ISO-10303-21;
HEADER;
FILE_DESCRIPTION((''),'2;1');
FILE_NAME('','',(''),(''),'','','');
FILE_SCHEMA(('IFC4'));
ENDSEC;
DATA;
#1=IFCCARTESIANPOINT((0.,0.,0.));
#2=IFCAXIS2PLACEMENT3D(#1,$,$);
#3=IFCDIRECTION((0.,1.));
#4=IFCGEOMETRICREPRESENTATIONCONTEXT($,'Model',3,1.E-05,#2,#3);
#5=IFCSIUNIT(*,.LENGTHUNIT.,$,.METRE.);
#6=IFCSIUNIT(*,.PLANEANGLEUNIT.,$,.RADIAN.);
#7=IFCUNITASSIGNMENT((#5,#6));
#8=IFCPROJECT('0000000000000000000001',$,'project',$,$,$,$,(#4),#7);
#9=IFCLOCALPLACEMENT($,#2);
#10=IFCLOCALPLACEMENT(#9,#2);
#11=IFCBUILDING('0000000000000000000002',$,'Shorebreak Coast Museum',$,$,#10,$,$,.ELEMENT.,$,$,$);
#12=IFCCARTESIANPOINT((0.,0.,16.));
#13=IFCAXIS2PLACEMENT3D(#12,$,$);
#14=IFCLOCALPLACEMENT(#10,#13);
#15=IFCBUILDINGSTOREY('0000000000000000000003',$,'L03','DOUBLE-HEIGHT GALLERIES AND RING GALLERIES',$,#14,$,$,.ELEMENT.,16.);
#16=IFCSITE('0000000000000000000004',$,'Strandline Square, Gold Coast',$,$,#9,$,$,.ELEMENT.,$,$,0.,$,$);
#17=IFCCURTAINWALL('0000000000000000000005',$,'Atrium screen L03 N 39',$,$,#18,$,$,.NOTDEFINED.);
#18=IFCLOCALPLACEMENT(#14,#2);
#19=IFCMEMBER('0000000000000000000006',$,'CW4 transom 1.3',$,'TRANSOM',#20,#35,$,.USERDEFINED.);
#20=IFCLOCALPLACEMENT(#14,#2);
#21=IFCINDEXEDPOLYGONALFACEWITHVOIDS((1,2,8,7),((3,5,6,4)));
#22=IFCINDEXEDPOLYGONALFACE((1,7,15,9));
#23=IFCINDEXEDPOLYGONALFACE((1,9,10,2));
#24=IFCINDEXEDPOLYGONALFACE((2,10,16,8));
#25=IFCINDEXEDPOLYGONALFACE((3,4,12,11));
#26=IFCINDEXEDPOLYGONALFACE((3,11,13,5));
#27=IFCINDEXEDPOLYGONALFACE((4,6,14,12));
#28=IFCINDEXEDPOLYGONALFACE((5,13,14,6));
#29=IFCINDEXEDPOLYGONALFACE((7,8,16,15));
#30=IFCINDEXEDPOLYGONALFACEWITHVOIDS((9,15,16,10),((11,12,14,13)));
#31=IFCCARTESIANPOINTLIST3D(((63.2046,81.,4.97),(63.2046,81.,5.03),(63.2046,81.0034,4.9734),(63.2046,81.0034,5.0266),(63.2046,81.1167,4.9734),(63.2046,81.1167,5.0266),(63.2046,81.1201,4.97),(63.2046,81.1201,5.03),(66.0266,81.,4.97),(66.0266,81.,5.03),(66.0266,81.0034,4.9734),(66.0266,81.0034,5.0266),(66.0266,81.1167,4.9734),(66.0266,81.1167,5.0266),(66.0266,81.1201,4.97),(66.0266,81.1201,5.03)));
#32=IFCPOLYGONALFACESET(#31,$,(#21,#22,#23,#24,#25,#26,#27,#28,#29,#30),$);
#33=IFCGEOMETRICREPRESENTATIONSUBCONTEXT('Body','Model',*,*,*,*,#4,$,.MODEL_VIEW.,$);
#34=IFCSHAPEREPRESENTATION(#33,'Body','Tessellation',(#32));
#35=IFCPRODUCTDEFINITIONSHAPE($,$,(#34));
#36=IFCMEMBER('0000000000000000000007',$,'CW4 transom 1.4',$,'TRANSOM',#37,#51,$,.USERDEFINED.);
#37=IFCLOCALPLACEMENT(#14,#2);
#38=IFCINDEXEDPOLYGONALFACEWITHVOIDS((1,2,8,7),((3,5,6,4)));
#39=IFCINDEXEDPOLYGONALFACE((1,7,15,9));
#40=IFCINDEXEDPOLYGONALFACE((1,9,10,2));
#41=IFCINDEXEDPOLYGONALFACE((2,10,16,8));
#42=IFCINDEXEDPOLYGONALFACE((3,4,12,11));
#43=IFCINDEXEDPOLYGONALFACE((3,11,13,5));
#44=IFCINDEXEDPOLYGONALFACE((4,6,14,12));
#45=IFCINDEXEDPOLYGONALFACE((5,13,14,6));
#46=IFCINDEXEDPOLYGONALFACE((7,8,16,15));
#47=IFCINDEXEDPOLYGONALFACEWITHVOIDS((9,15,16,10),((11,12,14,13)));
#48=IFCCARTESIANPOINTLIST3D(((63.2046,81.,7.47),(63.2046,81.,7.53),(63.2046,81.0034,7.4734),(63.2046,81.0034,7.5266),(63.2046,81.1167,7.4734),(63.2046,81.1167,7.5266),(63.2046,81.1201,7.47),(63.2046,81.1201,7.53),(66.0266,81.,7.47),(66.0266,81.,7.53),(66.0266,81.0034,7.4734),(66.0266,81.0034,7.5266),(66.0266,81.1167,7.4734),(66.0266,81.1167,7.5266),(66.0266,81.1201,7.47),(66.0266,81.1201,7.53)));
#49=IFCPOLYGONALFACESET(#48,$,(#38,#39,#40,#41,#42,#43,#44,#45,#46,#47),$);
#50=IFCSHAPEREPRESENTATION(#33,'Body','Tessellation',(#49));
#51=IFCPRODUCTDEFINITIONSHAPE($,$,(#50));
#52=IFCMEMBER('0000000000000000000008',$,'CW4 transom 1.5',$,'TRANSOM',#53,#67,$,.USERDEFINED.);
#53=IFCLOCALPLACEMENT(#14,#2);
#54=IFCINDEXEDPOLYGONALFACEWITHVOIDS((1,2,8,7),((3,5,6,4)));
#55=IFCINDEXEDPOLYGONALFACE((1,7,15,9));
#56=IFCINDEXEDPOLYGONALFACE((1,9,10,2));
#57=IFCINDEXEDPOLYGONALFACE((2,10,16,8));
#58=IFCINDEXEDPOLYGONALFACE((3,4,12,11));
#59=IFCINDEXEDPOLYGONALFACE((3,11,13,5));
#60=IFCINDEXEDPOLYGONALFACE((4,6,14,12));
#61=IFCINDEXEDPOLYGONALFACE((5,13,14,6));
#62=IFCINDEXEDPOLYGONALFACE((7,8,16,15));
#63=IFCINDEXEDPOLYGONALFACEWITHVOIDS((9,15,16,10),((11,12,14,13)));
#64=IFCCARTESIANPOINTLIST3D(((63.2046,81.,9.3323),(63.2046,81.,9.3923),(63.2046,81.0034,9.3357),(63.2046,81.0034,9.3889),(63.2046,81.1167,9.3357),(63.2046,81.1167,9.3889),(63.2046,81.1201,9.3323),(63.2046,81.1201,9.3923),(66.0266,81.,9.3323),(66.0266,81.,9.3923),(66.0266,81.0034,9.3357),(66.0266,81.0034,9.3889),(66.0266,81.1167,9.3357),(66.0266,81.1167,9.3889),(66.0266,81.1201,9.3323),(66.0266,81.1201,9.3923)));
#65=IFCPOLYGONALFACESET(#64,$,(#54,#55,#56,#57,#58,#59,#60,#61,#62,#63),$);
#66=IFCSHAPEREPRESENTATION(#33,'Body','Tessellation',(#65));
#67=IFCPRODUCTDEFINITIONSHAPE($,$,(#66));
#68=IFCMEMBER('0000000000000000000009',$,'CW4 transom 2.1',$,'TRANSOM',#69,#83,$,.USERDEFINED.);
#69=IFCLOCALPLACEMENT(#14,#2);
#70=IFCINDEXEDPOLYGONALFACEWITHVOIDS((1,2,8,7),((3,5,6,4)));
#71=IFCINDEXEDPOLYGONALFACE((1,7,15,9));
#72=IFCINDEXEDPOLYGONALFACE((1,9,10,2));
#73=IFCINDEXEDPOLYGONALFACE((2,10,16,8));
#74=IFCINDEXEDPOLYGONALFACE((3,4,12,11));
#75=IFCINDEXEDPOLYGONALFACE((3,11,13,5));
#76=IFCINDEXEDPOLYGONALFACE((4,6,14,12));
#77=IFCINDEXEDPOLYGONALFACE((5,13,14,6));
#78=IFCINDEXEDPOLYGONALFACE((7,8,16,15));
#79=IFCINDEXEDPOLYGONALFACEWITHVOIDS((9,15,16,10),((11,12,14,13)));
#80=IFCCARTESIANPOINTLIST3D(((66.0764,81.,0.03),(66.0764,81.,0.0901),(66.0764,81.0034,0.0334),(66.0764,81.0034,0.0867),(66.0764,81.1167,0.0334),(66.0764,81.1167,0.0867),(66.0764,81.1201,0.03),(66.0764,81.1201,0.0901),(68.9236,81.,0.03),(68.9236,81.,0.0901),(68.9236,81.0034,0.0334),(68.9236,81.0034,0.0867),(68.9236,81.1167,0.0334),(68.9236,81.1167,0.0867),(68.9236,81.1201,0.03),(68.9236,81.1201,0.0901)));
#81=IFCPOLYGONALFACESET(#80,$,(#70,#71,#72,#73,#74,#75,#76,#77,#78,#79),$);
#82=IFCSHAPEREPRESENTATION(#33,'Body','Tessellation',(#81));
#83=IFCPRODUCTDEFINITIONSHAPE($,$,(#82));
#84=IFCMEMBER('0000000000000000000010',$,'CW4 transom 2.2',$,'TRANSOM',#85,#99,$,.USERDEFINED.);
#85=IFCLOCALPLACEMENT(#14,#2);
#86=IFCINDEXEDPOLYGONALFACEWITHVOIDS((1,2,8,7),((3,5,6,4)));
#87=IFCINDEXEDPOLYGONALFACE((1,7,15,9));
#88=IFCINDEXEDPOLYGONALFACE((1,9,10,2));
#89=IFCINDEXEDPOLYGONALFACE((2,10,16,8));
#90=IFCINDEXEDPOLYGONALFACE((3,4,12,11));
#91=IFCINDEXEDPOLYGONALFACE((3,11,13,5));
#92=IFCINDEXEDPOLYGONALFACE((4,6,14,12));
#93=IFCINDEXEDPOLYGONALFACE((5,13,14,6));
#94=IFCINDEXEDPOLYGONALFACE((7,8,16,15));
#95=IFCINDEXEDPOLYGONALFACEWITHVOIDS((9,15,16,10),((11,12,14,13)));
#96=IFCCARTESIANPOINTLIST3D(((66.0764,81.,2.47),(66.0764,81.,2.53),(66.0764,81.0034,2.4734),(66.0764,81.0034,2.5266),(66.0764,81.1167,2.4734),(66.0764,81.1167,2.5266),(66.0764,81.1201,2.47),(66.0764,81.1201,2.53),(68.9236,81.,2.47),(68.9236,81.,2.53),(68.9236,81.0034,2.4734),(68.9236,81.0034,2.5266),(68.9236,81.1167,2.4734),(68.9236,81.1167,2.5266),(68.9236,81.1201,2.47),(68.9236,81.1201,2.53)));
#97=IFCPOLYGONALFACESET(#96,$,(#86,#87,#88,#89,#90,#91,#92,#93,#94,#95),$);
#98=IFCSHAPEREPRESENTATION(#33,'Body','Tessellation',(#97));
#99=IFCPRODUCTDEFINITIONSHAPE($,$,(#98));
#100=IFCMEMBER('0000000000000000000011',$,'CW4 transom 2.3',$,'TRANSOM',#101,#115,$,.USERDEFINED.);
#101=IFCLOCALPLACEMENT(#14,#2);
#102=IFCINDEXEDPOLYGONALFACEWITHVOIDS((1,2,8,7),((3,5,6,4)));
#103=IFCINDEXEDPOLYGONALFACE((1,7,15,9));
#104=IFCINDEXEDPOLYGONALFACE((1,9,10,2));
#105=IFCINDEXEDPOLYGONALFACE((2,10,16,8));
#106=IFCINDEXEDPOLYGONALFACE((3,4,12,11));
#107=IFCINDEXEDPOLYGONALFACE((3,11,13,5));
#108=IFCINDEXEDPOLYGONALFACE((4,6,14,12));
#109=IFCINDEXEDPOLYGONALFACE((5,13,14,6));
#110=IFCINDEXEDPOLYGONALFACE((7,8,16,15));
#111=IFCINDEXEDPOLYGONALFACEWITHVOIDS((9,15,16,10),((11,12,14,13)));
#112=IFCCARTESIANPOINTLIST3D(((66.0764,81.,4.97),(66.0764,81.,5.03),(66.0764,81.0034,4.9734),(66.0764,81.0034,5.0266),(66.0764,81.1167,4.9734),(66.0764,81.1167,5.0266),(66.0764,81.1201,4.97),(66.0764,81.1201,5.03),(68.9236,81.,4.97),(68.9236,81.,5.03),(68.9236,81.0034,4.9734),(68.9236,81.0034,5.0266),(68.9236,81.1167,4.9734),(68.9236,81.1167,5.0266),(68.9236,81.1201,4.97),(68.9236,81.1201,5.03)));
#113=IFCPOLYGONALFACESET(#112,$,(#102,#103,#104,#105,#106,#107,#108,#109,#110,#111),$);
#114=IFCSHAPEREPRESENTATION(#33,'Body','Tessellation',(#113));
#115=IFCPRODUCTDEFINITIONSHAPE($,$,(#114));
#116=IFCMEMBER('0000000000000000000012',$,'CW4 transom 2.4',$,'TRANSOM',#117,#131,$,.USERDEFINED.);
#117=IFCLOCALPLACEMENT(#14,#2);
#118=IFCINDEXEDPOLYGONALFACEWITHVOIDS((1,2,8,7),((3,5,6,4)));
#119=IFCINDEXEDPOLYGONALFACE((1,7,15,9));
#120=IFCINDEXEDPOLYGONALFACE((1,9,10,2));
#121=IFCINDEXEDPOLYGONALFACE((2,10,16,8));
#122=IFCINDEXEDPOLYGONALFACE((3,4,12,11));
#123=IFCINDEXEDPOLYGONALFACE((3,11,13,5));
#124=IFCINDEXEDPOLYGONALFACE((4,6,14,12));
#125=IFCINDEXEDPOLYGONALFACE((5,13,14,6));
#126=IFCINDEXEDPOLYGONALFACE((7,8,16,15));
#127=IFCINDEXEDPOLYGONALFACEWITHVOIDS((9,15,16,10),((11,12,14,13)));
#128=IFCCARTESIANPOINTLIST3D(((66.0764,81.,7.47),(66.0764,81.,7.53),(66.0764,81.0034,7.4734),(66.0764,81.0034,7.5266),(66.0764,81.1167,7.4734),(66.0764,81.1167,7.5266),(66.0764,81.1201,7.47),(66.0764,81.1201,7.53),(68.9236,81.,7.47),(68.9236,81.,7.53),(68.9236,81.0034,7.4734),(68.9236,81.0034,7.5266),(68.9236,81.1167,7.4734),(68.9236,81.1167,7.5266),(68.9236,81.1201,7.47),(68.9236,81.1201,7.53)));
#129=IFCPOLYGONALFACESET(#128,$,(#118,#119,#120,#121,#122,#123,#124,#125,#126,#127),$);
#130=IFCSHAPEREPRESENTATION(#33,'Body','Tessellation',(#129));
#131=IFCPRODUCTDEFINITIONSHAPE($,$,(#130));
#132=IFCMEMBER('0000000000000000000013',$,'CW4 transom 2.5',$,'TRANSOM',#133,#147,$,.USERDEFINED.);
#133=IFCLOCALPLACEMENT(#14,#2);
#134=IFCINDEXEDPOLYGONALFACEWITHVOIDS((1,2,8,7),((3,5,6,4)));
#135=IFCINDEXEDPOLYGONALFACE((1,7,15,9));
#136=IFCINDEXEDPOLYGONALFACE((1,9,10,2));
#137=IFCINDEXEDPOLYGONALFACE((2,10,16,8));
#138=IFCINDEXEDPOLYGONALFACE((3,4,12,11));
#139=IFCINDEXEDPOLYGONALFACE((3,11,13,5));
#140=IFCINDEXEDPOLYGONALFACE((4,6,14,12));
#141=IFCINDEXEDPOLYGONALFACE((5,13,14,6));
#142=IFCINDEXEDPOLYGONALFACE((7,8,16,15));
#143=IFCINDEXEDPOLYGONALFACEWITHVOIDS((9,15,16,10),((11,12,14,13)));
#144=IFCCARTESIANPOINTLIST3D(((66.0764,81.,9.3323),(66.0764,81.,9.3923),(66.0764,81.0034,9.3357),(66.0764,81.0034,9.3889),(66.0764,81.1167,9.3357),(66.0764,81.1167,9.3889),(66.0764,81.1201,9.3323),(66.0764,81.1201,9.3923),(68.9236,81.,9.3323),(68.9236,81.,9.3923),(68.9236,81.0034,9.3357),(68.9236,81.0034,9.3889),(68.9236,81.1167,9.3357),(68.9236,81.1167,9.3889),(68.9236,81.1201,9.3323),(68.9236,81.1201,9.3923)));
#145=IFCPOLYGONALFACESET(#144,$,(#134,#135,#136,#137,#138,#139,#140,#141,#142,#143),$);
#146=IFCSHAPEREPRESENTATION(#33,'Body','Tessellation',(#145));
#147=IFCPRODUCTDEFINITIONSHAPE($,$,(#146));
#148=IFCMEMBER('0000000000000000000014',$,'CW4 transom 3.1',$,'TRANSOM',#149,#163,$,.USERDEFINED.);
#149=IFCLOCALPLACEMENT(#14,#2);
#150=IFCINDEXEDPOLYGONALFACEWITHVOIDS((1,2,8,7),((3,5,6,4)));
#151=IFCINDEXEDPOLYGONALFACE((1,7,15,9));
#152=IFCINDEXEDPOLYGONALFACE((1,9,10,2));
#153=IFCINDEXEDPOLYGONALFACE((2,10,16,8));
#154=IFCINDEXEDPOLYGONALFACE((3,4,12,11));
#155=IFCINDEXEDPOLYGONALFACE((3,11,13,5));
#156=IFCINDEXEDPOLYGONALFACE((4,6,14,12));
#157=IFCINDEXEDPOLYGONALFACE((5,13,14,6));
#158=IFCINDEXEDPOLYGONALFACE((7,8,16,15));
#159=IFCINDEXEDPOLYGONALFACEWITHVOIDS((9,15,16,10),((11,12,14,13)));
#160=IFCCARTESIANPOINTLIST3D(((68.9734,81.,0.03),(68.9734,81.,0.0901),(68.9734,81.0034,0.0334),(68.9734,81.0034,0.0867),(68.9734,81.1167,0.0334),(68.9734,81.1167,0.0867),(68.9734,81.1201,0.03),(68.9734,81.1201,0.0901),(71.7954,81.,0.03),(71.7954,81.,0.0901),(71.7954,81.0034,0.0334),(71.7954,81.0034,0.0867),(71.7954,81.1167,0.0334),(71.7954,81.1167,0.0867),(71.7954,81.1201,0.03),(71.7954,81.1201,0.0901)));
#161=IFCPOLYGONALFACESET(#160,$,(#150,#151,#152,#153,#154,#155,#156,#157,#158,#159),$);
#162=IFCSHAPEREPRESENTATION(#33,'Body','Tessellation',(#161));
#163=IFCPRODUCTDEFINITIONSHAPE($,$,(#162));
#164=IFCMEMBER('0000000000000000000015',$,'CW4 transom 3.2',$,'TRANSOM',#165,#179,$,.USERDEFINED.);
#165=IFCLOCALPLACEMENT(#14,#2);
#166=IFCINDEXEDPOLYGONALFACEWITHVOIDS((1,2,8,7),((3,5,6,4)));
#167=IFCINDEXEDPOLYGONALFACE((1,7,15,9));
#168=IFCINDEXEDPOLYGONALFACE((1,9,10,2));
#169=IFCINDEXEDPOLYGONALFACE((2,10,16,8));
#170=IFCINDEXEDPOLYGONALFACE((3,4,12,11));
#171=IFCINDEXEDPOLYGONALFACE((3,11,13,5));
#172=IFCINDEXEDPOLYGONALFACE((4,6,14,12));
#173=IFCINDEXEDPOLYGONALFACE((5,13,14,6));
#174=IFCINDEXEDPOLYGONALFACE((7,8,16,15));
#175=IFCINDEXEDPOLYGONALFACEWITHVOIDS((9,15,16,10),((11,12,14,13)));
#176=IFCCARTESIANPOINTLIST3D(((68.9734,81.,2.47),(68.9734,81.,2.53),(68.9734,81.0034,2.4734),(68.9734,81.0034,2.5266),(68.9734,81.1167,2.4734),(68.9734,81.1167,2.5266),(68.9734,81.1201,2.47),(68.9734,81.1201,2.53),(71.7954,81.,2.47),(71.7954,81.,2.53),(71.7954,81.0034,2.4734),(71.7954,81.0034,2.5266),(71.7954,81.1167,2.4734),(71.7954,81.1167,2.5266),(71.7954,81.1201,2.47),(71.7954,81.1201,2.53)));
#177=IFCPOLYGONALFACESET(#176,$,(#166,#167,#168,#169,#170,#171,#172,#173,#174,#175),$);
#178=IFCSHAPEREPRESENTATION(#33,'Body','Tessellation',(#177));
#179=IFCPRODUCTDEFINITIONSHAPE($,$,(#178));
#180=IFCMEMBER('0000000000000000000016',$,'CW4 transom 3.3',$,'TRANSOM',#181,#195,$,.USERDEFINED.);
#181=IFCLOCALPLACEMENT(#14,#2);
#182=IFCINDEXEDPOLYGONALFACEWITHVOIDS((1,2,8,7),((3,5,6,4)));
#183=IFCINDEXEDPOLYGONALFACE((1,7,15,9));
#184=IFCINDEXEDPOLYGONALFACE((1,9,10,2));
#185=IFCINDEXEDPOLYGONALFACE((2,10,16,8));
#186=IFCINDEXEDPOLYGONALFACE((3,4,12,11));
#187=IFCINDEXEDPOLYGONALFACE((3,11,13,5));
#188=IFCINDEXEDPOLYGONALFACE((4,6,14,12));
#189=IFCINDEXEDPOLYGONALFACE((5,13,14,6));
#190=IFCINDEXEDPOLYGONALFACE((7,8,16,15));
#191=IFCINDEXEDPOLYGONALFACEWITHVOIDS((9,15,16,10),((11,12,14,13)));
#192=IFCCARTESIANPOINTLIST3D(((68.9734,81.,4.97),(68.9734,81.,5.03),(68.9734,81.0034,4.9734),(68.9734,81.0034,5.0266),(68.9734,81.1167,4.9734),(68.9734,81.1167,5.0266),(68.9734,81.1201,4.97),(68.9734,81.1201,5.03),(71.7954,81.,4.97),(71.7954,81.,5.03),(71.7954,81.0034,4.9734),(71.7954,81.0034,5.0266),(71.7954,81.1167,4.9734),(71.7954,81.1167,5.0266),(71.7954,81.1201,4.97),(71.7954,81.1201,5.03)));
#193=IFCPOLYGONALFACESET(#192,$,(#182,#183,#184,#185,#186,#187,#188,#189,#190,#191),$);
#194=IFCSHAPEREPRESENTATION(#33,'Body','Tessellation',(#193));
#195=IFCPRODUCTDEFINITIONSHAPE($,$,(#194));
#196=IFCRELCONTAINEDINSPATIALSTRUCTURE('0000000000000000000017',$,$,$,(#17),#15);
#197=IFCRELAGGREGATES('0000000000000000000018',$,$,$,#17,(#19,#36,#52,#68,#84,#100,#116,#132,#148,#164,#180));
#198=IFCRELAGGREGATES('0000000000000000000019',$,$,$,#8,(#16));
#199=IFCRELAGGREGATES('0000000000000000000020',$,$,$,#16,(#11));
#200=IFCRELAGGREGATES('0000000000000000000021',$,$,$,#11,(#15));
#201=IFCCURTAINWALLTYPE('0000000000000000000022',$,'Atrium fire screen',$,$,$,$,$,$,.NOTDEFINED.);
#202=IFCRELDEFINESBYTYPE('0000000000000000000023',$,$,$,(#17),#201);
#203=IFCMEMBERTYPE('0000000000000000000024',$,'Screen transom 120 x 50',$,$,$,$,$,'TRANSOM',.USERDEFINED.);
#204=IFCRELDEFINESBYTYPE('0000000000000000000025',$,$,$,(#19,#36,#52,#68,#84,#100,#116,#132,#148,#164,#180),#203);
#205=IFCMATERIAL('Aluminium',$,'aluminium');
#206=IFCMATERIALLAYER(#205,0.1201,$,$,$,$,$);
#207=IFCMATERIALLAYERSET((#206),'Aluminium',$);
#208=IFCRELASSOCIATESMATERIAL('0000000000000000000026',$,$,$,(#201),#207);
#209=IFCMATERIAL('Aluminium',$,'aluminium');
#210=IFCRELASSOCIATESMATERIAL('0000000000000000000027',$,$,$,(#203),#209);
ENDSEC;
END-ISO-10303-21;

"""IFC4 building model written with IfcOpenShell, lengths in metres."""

from ifc_helpers import new_model, si_unit, direction, frame, origin, origin_2d, place, context, subcontext, project, spatial, hollow_rectangle, extrude, material, layer, layer_set, material_profile, profile_set, type_object, element, aggregate, save


model = new_model("IFC4")

# Units and contexts
model_context = context("Model", 3, precision=1e-05, world=origin(), true_north=direction((0.0, 1.0)))
body_context = subcontext(model_context, "Body", "Model", "MODEL_VIEW")
ifc_project = project(units=[si_unit("LENGTHUNIT", "METRE"), si_unit("PLANEANGLEUNIT", "RADIAN")], contexts=[model_context])

# Site, building, storey
site_placement = place(None, origin())
site = spatial("IfcSite", under=ifc_project, at=site_placement, Name="Strandline Square, Gold Coast", CompositionType="ELEMENT", RefElevation=0.0)
building_placement = place(site_placement, origin())
building = spatial("IfcBuilding", under=site, at=building_placement, Name="Shorebreak Coast Museum", CompositionType="ELEMENT")
storey_placement = place(building_placement, frame((0.0, 0.0, 16.0)))
storey = spatial("IfcBuildingStorey", under=building, at=storey_placement, Name="L03", Description="DOUBLE-HEIGHT GALLERIES AND RING GALLERIES", CompositionType="ELEMENT", Elevation=16.0)

# Curtain wall, members
ifc_material_1 = material(Name="Aluminium", Category="aluminium")
ifc_layer_1 = layer(ifc_material_1, 0.1201)
ifc_layer_set_1 = layer_set([ifc_layer_1], Name="Aluminium")
curtain_wall_type = type_object("IfcCurtainWallType", Name="Atrium fire screen", PredefinedType="NOTDEFINED", material=ifc_layer_set_1)
curtain_wall_placement = place(storey_placement, origin())
curtain_wall = element("IfcCurtainWall", 1, at=curtain_wall_placement, inside=storey, type_object=curtain_wall_type, Name="Atrium screen L03 N 39", PredefinedType="NOTDEFINED")
ifc_material_2 = material(Name="Aluminium", Category="aluminium")
ifc_material_profile_1 = material_profile(ifc_material_2, hollow_rectangle(XDim=0.1201, YDim=0.0601, WallThickness=0.0034, at=origin_2d()), Name="AL 60x120 RHS")
ifc_profile_set_1 = profile_set([ifc_material_profile_1], Name="Aluminium")
member_type_1 = type_object("IfcMemberType", Name="Screen transom 120 x 50", ElementType="TRANSOM", PredefinedType="USERDEFINED", material=ifc_profile_set_1)
member_1_placement = place(storey_placement, frame((63.2046, 81.0601, 5.0), z_axis=(1.0, 0.0, 0.0), x_axis=(0.0, 1.0, 0.0)))
member_1 = element("IfcMember", 2, at=member_1_placement, type_object=member_type_1, Name="CW4 transom 1.3", ObjectType="TRANSOM", PredefinedType="USERDEFINED", context=body_context, shape_type="SweptSolid", body=[
    extrude(hollow_rectangle(XDim=0.1201, YDim=0.0601, WallThickness=0.0034, at=origin_2d()), origin(), (0.0, 0.0, 1.0), 2.822),
])
member_2_placement = place(storey_placement, frame((63.2046, 81.0601, 7.5), z_axis=(1.0, 0.0, 0.0), x_axis=(0.0, 1.0, 0.0)))
member_2 = element("IfcMember", 3, at=member_2_placement, type_object=member_type_1, Name="CW4 transom 1.4", ObjectType="TRANSOM", PredefinedType="USERDEFINED", context=body_context, shape_type="SweptSolid", body=[
    extrude(hollow_rectangle(XDim=0.1201, YDim=0.0601, WallThickness=0.0034, at=origin_2d()), origin(), (0.0, 0.0, 1.0), 2.822),
])
member_3_placement = place(storey_placement, frame((63.2046, 81.0601, 9.3623), z_axis=(1.0, 0.0, 0.0), x_axis=(0.0, 1.0, 0.0)))
member_3 = element("IfcMember", 4, at=member_3_placement, type_object=member_type_1, Name="CW4 transom 1.5", ObjectType="TRANSOM", PredefinedType="USERDEFINED", context=body_context, shape_type="SweptSolid", body=[
    extrude(hollow_rectangle(XDim=0.1201, YDim=0.0601, WallThickness=0.0034, at=origin_2d()), origin(), (0.0, 0.0, 1.0), 2.822),
])
member_4_placement = place(storey_placement, frame((66.0764, 81.0601, 0.0601), z_axis=(1.0, 0.0, 0.0), x_axis=(0.0, 1.0, 0.0)))
member_4 = element("IfcMember", 5, at=member_4_placement, type_object=member_type_1, Name="CW4 transom 2.1", ObjectType="TRANSOM", PredefinedType="USERDEFINED", context=body_context, shape_type="SweptSolid", body=[
    extrude(hollow_rectangle(XDim=0.1201, YDim=0.0601, WallThickness=0.0034, at=origin_2d()), origin(), (0.0, 0.0, 1.0), 2.8472),
])
member_5_placement = place(storey_placement, frame((66.0764, 81.0601, 2.5), z_axis=(1.0, 0.0, 0.0), x_axis=(0.0, 1.0, 0.0)))
member_5 = element("IfcMember", 6, at=member_5_placement, type_object=member_type_1, Name="CW4 transom 2.2", ObjectType="TRANSOM", PredefinedType="USERDEFINED", context=body_context, shape_type="SweptSolid", body=[
    extrude(hollow_rectangle(XDim=0.1201, YDim=0.0601, WallThickness=0.0034, at=origin_2d()), origin(), (0.0, 0.0, 1.0), 2.8472),
])
member_6_placement = place(storey_placement, frame((66.0764, 81.0601, 5.0), z_axis=(1.0, 0.0, 0.0), x_axis=(0.0, 1.0, 0.0)))
member_6 = element("IfcMember", 7, at=member_6_placement, type_object=member_type_1, Name="CW4 transom 2.3", ObjectType="TRANSOM", PredefinedType="USERDEFINED", context=body_context, shape_type="SweptSolid", body=[
    extrude(hollow_rectangle(XDim=0.1201, YDim=0.0601, WallThickness=0.0034, at=origin_2d()), origin(), (0.0, 0.0, 1.0), 2.8472),
])
member_7_placement = place(storey_placement, frame((66.0764, 81.0601, 7.5), z_axis=(1.0, 0.0, 0.0), x_axis=(0.0, 1.0, 0.0)))
member_7 = element("IfcMember", 8, at=member_7_placement, type_object=member_type_1, Name="CW4 transom 2.4", ObjectType="TRANSOM", PredefinedType="USERDEFINED", context=body_context, shape_type="SweptSolid", body=[
    extrude(hollow_rectangle(XDim=0.1201, YDim=0.0601, WallThickness=0.0034, at=origin_2d()), origin(), (0.0, 0.0, 1.0), 2.8472),
])
member_8_placement = place(storey_placement, frame((66.0764, 81.0601, 9.3623), z_axis=(1.0, 0.0, 0.0), x_axis=(0.0, 1.0, 0.0)))
member_8 = element("IfcMember", 9, at=member_8_placement, type_object=member_type_1, Name="CW4 transom 2.5", ObjectType="TRANSOM", PredefinedType="USERDEFINED", context=body_context, shape_type="SweptSolid", body=[
    extrude(hollow_rectangle(XDim=0.1201, YDim=0.0601, WallThickness=0.0034, at=origin_2d()), origin(), (0.0, 0.0, 1.0), 2.8472),
])
member_9_placement = place(storey_placement, frame((68.9734, 81.0601, 0.0601), z_axis=(1.0, 0.0, 0.0), x_axis=(0.0, 1.0, 0.0)))
member_9 = element("IfcMember", 10, at=member_9_placement, type_object=member_type_1, Name="CW4 transom 3.1", ObjectType="TRANSOM", PredefinedType="USERDEFINED", context=body_context, shape_type="SweptSolid", body=[
    extrude(hollow_rectangle(XDim=0.1201, YDim=0.0601, WallThickness=0.0034, at=origin_2d()), origin(), (0.0, 0.0, 1.0), 2.822),
])
member_10_placement = place(storey_placement, frame((68.9734, 81.0601, 2.5), z_axis=(1.0, 0.0, 0.0), x_axis=(0.0, 1.0, 0.0)))
member_10 = element("IfcMember", 11, at=member_10_placement, type_object=member_type_1, Name="CW4 transom 3.2", ObjectType="TRANSOM", PredefinedType="USERDEFINED", context=body_context, shape_type="SweptSolid", body=[
    extrude(hollow_rectangle(XDim=0.1201, YDim=0.0601, WallThickness=0.0034, at=origin_2d()), origin(), (0.0, 0.0, 1.0), 2.822),
])
member_11_placement = place(storey_placement, frame((68.9734, 81.0601, 5.0), z_axis=(1.0, 0.0, 0.0), x_axis=(0.0, 1.0, 0.0)))
member_11 = element("IfcMember", 12, at=member_11_placement, type_object=member_type_1, Name="CW4 transom 3.3", ObjectType="TRANSOM", PredefinedType="USERDEFINED", context=body_context, shape_type="SweptSolid", body=[
    extrude(hollow_rectangle(XDim=0.1201, YDim=0.0601, WallThickness=0.0034, at=origin_2d()), origin(), (0.0, 0.0, 1.0), 2.822),
])
aggregate(curtain_wall, [member_1, member_2, member_3, member_4, member_5, member_6, member_7, member_8, member_9, member_10, member_11])

save(model, "model.ifc")
